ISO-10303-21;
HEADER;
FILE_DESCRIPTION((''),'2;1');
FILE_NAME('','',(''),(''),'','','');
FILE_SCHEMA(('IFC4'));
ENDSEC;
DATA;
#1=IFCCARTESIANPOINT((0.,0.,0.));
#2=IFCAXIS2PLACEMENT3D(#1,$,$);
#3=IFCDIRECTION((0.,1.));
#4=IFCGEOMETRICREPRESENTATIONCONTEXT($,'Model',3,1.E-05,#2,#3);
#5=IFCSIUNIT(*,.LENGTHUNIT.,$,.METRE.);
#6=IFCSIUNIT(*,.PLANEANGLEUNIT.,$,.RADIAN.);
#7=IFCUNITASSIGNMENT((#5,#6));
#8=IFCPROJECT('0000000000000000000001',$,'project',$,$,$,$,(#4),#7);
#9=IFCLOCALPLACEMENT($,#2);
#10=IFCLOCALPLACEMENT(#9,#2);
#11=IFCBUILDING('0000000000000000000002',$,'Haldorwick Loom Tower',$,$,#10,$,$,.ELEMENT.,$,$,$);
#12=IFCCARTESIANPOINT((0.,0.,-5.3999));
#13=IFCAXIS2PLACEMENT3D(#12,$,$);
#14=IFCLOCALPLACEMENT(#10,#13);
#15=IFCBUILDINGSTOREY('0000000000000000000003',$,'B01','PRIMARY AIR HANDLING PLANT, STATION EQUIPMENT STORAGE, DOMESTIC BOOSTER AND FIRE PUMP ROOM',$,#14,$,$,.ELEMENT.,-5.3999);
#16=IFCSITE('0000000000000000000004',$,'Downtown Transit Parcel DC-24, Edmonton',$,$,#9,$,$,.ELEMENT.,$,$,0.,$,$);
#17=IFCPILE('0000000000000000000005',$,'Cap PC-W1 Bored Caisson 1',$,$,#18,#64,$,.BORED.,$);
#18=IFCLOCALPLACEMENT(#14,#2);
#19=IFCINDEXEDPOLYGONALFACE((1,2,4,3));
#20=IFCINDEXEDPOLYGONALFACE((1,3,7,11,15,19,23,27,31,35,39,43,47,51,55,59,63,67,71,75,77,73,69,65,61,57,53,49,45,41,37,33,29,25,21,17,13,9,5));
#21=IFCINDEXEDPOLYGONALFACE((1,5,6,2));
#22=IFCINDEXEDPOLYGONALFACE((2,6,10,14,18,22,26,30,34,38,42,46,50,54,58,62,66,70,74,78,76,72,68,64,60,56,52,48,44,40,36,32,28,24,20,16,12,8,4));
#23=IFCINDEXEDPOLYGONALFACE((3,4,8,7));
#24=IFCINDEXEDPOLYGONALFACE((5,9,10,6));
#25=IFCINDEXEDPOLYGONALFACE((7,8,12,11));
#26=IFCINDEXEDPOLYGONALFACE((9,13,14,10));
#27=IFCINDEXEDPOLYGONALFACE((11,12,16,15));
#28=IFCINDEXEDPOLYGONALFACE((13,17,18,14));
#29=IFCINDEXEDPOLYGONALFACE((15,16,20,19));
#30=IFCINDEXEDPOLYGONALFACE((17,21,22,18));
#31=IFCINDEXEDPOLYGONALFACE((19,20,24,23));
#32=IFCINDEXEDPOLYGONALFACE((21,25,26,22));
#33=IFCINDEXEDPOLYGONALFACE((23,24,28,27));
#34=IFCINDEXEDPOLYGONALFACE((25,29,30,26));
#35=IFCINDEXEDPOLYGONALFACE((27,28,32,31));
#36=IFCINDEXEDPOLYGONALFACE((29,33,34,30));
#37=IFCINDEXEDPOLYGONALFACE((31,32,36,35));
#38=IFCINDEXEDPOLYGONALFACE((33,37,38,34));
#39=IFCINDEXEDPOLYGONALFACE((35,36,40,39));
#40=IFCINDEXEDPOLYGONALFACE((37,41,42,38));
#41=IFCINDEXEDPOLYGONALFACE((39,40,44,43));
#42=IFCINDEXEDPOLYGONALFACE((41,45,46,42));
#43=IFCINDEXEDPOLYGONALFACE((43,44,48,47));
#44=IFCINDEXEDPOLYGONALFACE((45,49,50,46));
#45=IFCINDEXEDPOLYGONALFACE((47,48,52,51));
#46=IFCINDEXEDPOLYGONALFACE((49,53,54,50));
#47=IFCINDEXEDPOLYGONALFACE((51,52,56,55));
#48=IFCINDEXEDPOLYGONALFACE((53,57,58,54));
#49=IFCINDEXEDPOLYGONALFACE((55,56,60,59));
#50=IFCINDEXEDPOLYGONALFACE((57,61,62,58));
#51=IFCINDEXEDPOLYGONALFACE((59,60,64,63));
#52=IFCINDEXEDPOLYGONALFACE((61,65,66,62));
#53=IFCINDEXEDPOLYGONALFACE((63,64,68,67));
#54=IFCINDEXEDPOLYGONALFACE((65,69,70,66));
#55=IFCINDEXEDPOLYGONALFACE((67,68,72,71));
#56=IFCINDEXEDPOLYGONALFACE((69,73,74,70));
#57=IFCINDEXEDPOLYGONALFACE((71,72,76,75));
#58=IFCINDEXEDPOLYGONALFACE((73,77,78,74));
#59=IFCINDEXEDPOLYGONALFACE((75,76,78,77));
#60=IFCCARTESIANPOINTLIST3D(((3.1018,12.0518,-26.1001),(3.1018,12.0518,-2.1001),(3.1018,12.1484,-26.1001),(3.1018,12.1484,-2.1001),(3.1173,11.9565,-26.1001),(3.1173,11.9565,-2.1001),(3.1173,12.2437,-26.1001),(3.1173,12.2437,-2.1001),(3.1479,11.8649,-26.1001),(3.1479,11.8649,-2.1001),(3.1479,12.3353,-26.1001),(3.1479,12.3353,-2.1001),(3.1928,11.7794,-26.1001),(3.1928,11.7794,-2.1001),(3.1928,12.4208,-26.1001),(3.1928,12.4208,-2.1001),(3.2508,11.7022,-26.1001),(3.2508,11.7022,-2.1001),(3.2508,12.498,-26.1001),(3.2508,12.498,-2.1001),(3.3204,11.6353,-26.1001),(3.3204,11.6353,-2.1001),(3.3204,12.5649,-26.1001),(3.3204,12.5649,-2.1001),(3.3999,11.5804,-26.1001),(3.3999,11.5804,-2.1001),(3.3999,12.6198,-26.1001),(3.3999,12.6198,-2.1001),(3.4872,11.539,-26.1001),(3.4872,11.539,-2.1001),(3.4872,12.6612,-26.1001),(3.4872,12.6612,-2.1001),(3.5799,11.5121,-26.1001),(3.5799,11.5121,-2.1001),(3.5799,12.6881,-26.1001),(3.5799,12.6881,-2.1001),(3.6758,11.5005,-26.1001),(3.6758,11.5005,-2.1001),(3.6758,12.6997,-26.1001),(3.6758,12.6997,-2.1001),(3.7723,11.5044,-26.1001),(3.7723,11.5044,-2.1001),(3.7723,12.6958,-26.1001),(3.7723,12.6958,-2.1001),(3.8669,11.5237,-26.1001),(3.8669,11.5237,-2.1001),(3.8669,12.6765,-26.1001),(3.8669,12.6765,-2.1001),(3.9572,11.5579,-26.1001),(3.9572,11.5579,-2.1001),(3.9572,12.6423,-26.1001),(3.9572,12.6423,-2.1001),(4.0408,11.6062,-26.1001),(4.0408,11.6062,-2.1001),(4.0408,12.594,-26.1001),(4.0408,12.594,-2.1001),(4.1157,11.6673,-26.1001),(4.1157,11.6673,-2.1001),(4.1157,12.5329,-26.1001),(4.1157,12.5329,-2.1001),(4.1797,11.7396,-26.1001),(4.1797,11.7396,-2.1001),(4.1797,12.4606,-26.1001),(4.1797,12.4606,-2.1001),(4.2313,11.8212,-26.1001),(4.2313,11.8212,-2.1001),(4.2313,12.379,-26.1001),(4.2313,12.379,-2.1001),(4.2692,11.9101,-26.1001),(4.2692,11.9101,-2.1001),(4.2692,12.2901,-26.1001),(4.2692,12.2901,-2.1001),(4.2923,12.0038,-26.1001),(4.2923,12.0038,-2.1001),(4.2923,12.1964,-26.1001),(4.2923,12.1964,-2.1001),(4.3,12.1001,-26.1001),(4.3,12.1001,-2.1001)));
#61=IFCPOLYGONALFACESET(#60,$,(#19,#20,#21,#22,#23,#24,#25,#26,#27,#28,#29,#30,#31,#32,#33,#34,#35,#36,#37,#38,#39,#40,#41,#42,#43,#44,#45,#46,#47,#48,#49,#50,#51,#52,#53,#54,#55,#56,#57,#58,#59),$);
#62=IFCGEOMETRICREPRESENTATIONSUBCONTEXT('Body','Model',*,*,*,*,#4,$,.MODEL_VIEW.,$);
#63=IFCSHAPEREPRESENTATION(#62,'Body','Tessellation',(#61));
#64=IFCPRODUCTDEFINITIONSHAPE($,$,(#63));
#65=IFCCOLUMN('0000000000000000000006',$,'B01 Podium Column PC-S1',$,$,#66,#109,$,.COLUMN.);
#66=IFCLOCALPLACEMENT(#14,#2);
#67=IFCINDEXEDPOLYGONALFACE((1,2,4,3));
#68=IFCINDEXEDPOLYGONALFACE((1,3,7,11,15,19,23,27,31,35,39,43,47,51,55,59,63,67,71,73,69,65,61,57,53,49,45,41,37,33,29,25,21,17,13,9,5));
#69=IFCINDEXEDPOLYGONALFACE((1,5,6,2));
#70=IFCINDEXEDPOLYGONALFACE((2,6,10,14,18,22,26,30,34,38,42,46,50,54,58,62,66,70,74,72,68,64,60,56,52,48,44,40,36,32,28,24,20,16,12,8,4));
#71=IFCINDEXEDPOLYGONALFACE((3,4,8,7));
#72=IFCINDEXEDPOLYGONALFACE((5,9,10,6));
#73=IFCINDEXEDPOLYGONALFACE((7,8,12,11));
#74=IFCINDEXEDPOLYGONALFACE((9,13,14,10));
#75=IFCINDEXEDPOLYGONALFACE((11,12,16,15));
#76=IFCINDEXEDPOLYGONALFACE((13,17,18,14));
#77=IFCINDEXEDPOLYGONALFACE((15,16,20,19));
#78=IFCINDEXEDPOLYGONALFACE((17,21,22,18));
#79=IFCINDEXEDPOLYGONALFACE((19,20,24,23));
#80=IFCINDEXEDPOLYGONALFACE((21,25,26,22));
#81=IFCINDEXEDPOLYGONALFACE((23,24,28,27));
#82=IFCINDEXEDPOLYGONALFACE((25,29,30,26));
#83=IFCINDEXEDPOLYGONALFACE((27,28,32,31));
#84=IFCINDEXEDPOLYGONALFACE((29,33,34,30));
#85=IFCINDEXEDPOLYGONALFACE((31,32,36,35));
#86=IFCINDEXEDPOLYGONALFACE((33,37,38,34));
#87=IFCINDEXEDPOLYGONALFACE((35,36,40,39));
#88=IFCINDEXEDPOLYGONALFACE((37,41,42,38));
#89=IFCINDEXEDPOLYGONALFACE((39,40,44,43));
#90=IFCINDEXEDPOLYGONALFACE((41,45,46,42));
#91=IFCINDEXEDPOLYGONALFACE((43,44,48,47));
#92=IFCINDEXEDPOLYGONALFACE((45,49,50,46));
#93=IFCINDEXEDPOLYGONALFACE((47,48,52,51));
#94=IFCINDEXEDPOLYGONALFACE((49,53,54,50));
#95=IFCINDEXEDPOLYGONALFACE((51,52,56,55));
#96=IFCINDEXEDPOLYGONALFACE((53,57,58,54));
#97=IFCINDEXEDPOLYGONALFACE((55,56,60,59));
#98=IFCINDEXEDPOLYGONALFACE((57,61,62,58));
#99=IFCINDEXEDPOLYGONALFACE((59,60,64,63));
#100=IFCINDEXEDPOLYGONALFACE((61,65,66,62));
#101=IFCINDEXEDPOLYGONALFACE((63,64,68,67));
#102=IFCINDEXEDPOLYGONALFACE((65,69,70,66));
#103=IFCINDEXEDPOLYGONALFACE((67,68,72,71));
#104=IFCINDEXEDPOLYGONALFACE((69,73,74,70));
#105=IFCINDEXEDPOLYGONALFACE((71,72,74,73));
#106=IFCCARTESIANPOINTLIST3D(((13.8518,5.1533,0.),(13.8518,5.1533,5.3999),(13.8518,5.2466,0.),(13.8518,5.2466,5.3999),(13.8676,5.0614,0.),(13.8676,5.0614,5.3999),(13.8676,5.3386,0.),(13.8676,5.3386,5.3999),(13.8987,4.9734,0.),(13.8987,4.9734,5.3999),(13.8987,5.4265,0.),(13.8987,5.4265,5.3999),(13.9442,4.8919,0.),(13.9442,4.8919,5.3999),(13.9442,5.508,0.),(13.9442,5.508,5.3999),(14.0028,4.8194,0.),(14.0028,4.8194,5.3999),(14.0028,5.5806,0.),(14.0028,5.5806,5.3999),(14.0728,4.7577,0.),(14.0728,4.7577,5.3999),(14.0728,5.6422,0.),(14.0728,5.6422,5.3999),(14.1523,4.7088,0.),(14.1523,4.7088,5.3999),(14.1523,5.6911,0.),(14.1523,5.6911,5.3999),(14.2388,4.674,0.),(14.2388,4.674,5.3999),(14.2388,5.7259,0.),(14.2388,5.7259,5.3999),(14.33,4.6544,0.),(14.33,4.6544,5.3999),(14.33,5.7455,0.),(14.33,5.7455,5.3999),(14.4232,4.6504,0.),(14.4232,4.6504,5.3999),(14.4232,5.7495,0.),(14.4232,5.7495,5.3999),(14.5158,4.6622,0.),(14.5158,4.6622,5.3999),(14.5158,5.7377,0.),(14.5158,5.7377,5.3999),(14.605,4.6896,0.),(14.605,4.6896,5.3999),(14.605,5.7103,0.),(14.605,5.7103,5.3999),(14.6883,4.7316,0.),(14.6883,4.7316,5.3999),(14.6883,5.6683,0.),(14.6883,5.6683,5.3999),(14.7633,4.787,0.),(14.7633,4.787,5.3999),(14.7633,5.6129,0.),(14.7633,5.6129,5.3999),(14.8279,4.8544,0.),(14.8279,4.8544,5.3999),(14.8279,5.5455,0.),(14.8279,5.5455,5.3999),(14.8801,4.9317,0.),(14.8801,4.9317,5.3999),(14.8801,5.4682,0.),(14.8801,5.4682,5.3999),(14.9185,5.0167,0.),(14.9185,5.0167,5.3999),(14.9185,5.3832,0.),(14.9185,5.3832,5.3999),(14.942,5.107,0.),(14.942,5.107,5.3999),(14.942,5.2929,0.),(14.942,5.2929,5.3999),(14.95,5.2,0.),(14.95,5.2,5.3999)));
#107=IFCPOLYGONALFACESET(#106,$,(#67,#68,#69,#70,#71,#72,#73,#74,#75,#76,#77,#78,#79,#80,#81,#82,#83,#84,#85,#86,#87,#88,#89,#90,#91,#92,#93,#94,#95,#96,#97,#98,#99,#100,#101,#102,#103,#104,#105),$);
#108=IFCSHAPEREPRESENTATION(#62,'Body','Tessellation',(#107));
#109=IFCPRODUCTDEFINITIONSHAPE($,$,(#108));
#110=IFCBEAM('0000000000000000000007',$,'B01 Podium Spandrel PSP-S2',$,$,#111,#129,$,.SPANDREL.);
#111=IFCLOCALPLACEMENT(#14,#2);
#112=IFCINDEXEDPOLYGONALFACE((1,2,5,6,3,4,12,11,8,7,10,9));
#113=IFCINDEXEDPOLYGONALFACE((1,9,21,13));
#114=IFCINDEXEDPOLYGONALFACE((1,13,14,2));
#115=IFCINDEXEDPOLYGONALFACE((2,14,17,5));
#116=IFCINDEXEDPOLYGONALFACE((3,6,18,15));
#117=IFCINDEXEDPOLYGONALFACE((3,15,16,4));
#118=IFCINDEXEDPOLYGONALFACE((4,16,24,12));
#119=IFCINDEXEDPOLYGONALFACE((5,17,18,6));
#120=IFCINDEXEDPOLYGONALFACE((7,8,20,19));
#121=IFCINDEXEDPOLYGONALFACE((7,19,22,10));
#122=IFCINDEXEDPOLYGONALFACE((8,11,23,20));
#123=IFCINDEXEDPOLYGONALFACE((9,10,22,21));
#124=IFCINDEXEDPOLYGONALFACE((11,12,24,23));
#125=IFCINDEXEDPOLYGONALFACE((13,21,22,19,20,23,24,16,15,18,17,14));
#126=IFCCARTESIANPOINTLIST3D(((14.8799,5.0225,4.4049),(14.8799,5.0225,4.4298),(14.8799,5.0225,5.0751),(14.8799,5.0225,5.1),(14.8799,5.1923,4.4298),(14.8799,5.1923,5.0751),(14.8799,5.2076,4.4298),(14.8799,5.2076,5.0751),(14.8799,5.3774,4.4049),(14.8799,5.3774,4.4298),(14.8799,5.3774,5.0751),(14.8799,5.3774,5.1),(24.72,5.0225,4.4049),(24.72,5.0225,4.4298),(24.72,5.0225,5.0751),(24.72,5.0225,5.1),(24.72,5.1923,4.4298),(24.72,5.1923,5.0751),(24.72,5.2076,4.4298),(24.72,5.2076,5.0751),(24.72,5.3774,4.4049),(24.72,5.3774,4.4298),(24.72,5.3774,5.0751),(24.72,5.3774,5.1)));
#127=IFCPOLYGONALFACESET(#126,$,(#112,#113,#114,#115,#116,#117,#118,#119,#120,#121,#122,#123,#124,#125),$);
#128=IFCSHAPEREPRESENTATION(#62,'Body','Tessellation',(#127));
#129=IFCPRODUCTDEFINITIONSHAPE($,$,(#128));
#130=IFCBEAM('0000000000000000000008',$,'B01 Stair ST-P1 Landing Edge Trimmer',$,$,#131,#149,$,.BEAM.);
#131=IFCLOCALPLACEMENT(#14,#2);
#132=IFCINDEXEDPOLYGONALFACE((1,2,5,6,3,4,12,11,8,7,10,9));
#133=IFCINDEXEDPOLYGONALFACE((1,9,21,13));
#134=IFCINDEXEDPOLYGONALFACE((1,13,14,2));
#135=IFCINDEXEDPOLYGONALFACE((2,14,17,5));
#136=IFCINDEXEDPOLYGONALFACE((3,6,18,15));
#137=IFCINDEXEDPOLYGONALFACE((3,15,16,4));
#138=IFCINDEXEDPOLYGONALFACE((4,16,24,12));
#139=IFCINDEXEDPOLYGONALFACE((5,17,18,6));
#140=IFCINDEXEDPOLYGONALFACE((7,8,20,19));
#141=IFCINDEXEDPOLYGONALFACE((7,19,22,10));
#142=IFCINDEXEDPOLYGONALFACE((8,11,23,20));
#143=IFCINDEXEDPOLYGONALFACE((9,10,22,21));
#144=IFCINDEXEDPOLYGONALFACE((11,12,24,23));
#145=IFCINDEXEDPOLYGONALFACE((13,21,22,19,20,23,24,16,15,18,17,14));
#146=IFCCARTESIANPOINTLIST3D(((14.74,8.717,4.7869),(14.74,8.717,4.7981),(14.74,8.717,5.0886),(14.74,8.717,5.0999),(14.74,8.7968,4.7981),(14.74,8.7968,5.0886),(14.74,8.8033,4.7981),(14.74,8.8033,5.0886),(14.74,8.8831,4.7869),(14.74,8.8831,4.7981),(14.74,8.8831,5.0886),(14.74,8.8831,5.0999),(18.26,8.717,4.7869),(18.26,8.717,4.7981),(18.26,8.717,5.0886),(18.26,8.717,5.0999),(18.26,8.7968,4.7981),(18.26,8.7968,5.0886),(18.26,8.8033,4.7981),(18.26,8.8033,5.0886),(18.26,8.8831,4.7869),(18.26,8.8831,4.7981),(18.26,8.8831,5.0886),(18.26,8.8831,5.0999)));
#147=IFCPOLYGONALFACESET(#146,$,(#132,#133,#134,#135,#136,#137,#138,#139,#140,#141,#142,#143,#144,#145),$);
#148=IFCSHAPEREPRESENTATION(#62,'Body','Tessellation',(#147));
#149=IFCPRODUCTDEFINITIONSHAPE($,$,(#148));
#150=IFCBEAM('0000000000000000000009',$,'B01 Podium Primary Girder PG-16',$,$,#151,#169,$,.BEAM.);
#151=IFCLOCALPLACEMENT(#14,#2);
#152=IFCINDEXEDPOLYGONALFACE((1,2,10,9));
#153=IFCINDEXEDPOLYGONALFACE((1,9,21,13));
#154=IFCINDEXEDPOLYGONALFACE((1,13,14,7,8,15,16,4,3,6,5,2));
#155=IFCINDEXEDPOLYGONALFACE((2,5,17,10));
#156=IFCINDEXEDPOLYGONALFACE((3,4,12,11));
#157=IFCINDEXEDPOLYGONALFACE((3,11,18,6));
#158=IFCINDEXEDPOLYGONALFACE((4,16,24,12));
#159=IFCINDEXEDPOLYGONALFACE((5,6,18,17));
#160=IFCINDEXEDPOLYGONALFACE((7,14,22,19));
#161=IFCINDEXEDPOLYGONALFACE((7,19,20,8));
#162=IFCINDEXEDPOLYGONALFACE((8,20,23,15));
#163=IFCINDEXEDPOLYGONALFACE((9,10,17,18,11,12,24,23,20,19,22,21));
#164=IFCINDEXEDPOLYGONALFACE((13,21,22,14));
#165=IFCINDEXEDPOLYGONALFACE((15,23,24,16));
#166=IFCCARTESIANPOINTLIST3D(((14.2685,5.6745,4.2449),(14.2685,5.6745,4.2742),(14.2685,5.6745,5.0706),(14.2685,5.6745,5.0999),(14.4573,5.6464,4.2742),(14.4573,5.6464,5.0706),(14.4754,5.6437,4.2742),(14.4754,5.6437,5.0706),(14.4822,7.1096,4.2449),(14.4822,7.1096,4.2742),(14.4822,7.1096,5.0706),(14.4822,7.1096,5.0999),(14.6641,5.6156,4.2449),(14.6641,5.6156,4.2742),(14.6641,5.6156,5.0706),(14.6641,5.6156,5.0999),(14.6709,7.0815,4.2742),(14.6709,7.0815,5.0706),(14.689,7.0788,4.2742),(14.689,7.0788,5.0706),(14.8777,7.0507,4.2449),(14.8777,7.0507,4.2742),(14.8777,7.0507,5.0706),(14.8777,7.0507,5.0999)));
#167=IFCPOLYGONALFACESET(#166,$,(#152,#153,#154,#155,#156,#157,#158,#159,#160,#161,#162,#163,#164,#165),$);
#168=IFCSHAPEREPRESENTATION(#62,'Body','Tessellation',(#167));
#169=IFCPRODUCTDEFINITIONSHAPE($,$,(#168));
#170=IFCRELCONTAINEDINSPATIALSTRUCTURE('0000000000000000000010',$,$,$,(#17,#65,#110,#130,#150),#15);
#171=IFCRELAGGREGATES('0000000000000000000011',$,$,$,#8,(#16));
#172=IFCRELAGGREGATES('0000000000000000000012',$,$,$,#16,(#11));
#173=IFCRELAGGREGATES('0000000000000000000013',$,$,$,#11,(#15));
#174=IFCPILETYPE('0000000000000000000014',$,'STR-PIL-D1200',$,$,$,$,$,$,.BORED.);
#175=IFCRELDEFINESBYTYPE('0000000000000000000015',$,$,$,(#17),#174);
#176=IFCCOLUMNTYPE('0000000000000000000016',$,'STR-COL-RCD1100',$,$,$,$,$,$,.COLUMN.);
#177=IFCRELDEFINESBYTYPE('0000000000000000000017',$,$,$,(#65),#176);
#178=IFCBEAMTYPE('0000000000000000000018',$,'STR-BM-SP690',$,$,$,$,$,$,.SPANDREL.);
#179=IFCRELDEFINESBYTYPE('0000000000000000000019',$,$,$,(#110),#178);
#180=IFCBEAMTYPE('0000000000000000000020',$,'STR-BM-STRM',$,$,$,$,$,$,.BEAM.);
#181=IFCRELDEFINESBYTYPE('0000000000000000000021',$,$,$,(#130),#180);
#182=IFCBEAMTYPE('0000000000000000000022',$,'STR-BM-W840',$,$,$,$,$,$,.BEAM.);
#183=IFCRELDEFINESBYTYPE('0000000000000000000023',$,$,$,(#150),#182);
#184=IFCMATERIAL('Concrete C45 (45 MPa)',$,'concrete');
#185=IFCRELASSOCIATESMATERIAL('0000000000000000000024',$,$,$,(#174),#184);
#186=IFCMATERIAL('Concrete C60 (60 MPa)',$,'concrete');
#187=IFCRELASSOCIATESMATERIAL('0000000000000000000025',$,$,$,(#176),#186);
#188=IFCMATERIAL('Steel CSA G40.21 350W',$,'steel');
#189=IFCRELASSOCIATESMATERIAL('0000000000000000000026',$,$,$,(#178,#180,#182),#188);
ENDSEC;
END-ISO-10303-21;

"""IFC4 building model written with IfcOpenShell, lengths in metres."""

from ifc_helpers import new_model, si_unit, direction, frame, origin, origin_2d, place, context, subcontext, project, spatial, circle, i_section, extrude, material, material_profile, profile_set, type_object, element, save


model = new_model("IFC4")

# Units and contexts
model_context = context("Model", 3, precision=1e-05, world=origin(), true_north=direction((0.0, 1.0)))
body_context = subcontext(model_context, "Body", "Model", "MODEL_VIEW")
ifc_project = project(units=[si_unit("LENGTHUNIT", "METRE"), si_unit("PLANEANGLEUNIT", "RADIAN")], contexts=[model_context])

# Site, building, storey
site_placement = place(None, origin())
site = spatial("IfcSite", under=ifc_project, at=site_placement, Name="Downtown Transit Parcel DC-24, Edmonton", CompositionType="ELEMENT", RefElevation=0.0)
building_placement = place(site_placement, origin())
building = spatial("IfcBuilding", under=site, at=building_placement, Name="Haldorwick Loom Tower", CompositionType="ELEMENT")
storey_placement = place(building_placement, frame((0.0, 0.0, -5.3999)))
storey = spatial("IfcBuildingStorey", under=building, at=storey_placement, Name="B01", Description="PRIMARY AIR HANDLING PLANT, STATION EQUIPMENT STORAGE, DOMESTIC BOOSTER AND FIRE PUMP ROOM", CompositionType="ELEMENT", Elevation=-5.3999)

# Shared definitions
ifc_material_1 = material(Name="Concrete C45 (45 MPa)", Category="concrete")

# Pile
ifc_material_profile_1 = material_profile(ifc_material_1, circle(Radius=0.6001, at=origin_2d()), Name="CAISSON_D1200", Category="concrete")
ifc_profile_set_1 = profile_set([ifc_material_profile_1], Name="Concrete C45 (45 MPa)")
pile_type = type_object("IfcPileType", Name="STR-PIL-D1200", PredefinedType="BORED", material=ifc_profile_set_1)
for number, where, z_axis, x_axis, name in (
    (1, (3.7, 12.1001, -2.1001), (0.0, 0.0, -1.0), (1.0, 0.0, 0.0), "Cap PC-W1 Bored Caisson 1"),
):
    element("IfcPile", number, at=place(storey_placement, frame(where, z_axis=z_axis, x_axis=x_axis)), inside=storey, type_object=pile_type, Name=name, PredefinedType="BORED", context=body_context, shape_type="SweptSolid", body=[
        extrude(circle(Radius=0.6001, at=origin_2d()), origin(), (0.0, 0.0, 1.0), 24.0),
    ])

# Column
ifc_material_2 = material(Name="Concrete C60 (60 MPa)", Category="concrete")
ifc_material_profile_2 = material_profile(ifc_material_2, circle(Radius=0.55, at=origin_2d()), Name="RCD1100", Category="concrete")
ifc_profile_set_2 = profile_set([ifc_material_profile_2], Name="Concrete C60 (60 MPa)")
column_type = type_object("IfcColumnType", Name="STR-COL-RCD1100", PredefinedType="COLUMN", material=ifc_profile_set_2)
column_placement = place(storey_placement, frame((14.3999, 5.2, 0.0), z_axis=(0.0, 0.0, 1.0), x_axis=(1.0, 0.0, 0.0)))
element("IfcColumn", 2, at=column_placement, inside=storey, type_object=column_type, Name="B01 Podium Column PC-S1", PredefinedType="COLUMN", context=body_context, shape_type="SweptSolid", body=[
    extrude(circle(Radius=0.55, at=origin_2d()), origin(), (0.0, 0.0, 1.0), 5.3999),
])

# Beams
ifc_material_3 = material(Name="Steel CSA G40.21 350W", Category="steel")
ifc_material_profile_3 = material_profile(ifc_material_3, i_section(OverallWidth=0.355, OverallDepth=0.6951, WebThickness=0.0154, FlangeThickness=0.0249, at=origin_2d()), Name="W690X217", Category="steel")
ifc_profile_set_3 = profile_set([ifc_material_profile_3], Name="Steel CSA G40.21 350W")
beam_type_1 = type_object("IfcBeamType", Name="STR-BM-SP690", PredefinedType="SPANDREL", material=ifc_profile_set_3)
beam_1_placement = place(storey_placement, frame((14.8799, 5.2, 4.7524), z_axis=(1.0, 0.0, 0.0), x_axis=(0.0, 1.0, 0.0)))
element("IfcBeam", 3, at=beam_1_placement, inside=storey, type_object=beam_type_1, Name="B01 Podium Spandrel PSP-S2", PredefinedType="SPANDREL", context=body_context, shape_type="SweptSolid", body=[
    extrude(i_section(OverallWidth=0.355, OverallDepth=0.6951, WebThickness=0.0154, FlangeThickness=0.0249, at=origin_2d()), origin(), (0.0, 0.0, 1.0), 9.8401),
])
ifc_material_profile_4 = material_profile(ifc_material_3, i_section(OverallWidth=0.166, OverallDepth=0.313, WebThickness=0.0066, FlangeThickness=0.0112, at=origin_2d()), Name="W310X45", Category="steel")
ifc_profile_set_4 = profile_set([ifc_material_profile_4], Name="Steel CSA G40.21 350W")
beam_type_2 = type_object("IfcBeamType", Name="STR-BM-STRM", PredefinedType="BEAM", material=ifc_profile_set_4)
beam_2_placement = place(storey_placement, frame((14.74, 8.8, 4.9434), z_axis=(1.0, 0.0, 0.0), x_axis=(0.0, 1.0, 0.0)))
element("IfcBeam", 4, at=beam_2_placement, inside=storey, type_object=beam_type_2, Name="B01 Stair ST-P1 Landing Edge Trimmer", PredefinedType="BEAM", context=body_context, shape_type="SweptSolid", body=[
    extrude(i_section(OverallWidth=0.166, OverallDepth=0.313, WebThickness=0.0066, FlangeThickness=0.0112, at=origin_2d()), origin(), (0.0, 0.0, 1.0), 3.52),
])
ifc_material_profile_5 = material_profile(ifc_material_3, i_section(OverallWidth=0.3999, OverallDepth=0.855, WebThickness=0.0183, FlangeThickness=0.0293, at=origin_2d()), Name="W840X299", Category="steel")
ifc_profile_set_5 = profile_set([ifc_material_profile_5], Name="Steel CSA G40.21 350W")
beam_type_3 = type_object("IfcBeamType", Name="STR-BM-W840", PredefinedType="BEAM", material=ifc_profile_set_5)
beam_3_placement = place(storey_placement, frame((14.4663, 5.645, 4.6724), z_axis=(0.147238, 0.989101, 0.0), x_axis=(-0.989101, 0.147238, 0.0)))
element("IfcBeam", 5, at=beam_3_placement, inside=storey, type_object=beam_type_3, Name="B01 Podium Primary Girder PG-16", PredefinedType="BEAM", context=body_context, shape_type="SweptSolid", body=[
    extrude(i_section(OverallWidth=0.3999, OverallDepth=0.855, WebThickness=0.0183, FlangeThickness=0.0293, at=origin_2d()), origin(), (0.0, 0.0, 1.0), 1.4509),
])

save(model, "model.ifc")
